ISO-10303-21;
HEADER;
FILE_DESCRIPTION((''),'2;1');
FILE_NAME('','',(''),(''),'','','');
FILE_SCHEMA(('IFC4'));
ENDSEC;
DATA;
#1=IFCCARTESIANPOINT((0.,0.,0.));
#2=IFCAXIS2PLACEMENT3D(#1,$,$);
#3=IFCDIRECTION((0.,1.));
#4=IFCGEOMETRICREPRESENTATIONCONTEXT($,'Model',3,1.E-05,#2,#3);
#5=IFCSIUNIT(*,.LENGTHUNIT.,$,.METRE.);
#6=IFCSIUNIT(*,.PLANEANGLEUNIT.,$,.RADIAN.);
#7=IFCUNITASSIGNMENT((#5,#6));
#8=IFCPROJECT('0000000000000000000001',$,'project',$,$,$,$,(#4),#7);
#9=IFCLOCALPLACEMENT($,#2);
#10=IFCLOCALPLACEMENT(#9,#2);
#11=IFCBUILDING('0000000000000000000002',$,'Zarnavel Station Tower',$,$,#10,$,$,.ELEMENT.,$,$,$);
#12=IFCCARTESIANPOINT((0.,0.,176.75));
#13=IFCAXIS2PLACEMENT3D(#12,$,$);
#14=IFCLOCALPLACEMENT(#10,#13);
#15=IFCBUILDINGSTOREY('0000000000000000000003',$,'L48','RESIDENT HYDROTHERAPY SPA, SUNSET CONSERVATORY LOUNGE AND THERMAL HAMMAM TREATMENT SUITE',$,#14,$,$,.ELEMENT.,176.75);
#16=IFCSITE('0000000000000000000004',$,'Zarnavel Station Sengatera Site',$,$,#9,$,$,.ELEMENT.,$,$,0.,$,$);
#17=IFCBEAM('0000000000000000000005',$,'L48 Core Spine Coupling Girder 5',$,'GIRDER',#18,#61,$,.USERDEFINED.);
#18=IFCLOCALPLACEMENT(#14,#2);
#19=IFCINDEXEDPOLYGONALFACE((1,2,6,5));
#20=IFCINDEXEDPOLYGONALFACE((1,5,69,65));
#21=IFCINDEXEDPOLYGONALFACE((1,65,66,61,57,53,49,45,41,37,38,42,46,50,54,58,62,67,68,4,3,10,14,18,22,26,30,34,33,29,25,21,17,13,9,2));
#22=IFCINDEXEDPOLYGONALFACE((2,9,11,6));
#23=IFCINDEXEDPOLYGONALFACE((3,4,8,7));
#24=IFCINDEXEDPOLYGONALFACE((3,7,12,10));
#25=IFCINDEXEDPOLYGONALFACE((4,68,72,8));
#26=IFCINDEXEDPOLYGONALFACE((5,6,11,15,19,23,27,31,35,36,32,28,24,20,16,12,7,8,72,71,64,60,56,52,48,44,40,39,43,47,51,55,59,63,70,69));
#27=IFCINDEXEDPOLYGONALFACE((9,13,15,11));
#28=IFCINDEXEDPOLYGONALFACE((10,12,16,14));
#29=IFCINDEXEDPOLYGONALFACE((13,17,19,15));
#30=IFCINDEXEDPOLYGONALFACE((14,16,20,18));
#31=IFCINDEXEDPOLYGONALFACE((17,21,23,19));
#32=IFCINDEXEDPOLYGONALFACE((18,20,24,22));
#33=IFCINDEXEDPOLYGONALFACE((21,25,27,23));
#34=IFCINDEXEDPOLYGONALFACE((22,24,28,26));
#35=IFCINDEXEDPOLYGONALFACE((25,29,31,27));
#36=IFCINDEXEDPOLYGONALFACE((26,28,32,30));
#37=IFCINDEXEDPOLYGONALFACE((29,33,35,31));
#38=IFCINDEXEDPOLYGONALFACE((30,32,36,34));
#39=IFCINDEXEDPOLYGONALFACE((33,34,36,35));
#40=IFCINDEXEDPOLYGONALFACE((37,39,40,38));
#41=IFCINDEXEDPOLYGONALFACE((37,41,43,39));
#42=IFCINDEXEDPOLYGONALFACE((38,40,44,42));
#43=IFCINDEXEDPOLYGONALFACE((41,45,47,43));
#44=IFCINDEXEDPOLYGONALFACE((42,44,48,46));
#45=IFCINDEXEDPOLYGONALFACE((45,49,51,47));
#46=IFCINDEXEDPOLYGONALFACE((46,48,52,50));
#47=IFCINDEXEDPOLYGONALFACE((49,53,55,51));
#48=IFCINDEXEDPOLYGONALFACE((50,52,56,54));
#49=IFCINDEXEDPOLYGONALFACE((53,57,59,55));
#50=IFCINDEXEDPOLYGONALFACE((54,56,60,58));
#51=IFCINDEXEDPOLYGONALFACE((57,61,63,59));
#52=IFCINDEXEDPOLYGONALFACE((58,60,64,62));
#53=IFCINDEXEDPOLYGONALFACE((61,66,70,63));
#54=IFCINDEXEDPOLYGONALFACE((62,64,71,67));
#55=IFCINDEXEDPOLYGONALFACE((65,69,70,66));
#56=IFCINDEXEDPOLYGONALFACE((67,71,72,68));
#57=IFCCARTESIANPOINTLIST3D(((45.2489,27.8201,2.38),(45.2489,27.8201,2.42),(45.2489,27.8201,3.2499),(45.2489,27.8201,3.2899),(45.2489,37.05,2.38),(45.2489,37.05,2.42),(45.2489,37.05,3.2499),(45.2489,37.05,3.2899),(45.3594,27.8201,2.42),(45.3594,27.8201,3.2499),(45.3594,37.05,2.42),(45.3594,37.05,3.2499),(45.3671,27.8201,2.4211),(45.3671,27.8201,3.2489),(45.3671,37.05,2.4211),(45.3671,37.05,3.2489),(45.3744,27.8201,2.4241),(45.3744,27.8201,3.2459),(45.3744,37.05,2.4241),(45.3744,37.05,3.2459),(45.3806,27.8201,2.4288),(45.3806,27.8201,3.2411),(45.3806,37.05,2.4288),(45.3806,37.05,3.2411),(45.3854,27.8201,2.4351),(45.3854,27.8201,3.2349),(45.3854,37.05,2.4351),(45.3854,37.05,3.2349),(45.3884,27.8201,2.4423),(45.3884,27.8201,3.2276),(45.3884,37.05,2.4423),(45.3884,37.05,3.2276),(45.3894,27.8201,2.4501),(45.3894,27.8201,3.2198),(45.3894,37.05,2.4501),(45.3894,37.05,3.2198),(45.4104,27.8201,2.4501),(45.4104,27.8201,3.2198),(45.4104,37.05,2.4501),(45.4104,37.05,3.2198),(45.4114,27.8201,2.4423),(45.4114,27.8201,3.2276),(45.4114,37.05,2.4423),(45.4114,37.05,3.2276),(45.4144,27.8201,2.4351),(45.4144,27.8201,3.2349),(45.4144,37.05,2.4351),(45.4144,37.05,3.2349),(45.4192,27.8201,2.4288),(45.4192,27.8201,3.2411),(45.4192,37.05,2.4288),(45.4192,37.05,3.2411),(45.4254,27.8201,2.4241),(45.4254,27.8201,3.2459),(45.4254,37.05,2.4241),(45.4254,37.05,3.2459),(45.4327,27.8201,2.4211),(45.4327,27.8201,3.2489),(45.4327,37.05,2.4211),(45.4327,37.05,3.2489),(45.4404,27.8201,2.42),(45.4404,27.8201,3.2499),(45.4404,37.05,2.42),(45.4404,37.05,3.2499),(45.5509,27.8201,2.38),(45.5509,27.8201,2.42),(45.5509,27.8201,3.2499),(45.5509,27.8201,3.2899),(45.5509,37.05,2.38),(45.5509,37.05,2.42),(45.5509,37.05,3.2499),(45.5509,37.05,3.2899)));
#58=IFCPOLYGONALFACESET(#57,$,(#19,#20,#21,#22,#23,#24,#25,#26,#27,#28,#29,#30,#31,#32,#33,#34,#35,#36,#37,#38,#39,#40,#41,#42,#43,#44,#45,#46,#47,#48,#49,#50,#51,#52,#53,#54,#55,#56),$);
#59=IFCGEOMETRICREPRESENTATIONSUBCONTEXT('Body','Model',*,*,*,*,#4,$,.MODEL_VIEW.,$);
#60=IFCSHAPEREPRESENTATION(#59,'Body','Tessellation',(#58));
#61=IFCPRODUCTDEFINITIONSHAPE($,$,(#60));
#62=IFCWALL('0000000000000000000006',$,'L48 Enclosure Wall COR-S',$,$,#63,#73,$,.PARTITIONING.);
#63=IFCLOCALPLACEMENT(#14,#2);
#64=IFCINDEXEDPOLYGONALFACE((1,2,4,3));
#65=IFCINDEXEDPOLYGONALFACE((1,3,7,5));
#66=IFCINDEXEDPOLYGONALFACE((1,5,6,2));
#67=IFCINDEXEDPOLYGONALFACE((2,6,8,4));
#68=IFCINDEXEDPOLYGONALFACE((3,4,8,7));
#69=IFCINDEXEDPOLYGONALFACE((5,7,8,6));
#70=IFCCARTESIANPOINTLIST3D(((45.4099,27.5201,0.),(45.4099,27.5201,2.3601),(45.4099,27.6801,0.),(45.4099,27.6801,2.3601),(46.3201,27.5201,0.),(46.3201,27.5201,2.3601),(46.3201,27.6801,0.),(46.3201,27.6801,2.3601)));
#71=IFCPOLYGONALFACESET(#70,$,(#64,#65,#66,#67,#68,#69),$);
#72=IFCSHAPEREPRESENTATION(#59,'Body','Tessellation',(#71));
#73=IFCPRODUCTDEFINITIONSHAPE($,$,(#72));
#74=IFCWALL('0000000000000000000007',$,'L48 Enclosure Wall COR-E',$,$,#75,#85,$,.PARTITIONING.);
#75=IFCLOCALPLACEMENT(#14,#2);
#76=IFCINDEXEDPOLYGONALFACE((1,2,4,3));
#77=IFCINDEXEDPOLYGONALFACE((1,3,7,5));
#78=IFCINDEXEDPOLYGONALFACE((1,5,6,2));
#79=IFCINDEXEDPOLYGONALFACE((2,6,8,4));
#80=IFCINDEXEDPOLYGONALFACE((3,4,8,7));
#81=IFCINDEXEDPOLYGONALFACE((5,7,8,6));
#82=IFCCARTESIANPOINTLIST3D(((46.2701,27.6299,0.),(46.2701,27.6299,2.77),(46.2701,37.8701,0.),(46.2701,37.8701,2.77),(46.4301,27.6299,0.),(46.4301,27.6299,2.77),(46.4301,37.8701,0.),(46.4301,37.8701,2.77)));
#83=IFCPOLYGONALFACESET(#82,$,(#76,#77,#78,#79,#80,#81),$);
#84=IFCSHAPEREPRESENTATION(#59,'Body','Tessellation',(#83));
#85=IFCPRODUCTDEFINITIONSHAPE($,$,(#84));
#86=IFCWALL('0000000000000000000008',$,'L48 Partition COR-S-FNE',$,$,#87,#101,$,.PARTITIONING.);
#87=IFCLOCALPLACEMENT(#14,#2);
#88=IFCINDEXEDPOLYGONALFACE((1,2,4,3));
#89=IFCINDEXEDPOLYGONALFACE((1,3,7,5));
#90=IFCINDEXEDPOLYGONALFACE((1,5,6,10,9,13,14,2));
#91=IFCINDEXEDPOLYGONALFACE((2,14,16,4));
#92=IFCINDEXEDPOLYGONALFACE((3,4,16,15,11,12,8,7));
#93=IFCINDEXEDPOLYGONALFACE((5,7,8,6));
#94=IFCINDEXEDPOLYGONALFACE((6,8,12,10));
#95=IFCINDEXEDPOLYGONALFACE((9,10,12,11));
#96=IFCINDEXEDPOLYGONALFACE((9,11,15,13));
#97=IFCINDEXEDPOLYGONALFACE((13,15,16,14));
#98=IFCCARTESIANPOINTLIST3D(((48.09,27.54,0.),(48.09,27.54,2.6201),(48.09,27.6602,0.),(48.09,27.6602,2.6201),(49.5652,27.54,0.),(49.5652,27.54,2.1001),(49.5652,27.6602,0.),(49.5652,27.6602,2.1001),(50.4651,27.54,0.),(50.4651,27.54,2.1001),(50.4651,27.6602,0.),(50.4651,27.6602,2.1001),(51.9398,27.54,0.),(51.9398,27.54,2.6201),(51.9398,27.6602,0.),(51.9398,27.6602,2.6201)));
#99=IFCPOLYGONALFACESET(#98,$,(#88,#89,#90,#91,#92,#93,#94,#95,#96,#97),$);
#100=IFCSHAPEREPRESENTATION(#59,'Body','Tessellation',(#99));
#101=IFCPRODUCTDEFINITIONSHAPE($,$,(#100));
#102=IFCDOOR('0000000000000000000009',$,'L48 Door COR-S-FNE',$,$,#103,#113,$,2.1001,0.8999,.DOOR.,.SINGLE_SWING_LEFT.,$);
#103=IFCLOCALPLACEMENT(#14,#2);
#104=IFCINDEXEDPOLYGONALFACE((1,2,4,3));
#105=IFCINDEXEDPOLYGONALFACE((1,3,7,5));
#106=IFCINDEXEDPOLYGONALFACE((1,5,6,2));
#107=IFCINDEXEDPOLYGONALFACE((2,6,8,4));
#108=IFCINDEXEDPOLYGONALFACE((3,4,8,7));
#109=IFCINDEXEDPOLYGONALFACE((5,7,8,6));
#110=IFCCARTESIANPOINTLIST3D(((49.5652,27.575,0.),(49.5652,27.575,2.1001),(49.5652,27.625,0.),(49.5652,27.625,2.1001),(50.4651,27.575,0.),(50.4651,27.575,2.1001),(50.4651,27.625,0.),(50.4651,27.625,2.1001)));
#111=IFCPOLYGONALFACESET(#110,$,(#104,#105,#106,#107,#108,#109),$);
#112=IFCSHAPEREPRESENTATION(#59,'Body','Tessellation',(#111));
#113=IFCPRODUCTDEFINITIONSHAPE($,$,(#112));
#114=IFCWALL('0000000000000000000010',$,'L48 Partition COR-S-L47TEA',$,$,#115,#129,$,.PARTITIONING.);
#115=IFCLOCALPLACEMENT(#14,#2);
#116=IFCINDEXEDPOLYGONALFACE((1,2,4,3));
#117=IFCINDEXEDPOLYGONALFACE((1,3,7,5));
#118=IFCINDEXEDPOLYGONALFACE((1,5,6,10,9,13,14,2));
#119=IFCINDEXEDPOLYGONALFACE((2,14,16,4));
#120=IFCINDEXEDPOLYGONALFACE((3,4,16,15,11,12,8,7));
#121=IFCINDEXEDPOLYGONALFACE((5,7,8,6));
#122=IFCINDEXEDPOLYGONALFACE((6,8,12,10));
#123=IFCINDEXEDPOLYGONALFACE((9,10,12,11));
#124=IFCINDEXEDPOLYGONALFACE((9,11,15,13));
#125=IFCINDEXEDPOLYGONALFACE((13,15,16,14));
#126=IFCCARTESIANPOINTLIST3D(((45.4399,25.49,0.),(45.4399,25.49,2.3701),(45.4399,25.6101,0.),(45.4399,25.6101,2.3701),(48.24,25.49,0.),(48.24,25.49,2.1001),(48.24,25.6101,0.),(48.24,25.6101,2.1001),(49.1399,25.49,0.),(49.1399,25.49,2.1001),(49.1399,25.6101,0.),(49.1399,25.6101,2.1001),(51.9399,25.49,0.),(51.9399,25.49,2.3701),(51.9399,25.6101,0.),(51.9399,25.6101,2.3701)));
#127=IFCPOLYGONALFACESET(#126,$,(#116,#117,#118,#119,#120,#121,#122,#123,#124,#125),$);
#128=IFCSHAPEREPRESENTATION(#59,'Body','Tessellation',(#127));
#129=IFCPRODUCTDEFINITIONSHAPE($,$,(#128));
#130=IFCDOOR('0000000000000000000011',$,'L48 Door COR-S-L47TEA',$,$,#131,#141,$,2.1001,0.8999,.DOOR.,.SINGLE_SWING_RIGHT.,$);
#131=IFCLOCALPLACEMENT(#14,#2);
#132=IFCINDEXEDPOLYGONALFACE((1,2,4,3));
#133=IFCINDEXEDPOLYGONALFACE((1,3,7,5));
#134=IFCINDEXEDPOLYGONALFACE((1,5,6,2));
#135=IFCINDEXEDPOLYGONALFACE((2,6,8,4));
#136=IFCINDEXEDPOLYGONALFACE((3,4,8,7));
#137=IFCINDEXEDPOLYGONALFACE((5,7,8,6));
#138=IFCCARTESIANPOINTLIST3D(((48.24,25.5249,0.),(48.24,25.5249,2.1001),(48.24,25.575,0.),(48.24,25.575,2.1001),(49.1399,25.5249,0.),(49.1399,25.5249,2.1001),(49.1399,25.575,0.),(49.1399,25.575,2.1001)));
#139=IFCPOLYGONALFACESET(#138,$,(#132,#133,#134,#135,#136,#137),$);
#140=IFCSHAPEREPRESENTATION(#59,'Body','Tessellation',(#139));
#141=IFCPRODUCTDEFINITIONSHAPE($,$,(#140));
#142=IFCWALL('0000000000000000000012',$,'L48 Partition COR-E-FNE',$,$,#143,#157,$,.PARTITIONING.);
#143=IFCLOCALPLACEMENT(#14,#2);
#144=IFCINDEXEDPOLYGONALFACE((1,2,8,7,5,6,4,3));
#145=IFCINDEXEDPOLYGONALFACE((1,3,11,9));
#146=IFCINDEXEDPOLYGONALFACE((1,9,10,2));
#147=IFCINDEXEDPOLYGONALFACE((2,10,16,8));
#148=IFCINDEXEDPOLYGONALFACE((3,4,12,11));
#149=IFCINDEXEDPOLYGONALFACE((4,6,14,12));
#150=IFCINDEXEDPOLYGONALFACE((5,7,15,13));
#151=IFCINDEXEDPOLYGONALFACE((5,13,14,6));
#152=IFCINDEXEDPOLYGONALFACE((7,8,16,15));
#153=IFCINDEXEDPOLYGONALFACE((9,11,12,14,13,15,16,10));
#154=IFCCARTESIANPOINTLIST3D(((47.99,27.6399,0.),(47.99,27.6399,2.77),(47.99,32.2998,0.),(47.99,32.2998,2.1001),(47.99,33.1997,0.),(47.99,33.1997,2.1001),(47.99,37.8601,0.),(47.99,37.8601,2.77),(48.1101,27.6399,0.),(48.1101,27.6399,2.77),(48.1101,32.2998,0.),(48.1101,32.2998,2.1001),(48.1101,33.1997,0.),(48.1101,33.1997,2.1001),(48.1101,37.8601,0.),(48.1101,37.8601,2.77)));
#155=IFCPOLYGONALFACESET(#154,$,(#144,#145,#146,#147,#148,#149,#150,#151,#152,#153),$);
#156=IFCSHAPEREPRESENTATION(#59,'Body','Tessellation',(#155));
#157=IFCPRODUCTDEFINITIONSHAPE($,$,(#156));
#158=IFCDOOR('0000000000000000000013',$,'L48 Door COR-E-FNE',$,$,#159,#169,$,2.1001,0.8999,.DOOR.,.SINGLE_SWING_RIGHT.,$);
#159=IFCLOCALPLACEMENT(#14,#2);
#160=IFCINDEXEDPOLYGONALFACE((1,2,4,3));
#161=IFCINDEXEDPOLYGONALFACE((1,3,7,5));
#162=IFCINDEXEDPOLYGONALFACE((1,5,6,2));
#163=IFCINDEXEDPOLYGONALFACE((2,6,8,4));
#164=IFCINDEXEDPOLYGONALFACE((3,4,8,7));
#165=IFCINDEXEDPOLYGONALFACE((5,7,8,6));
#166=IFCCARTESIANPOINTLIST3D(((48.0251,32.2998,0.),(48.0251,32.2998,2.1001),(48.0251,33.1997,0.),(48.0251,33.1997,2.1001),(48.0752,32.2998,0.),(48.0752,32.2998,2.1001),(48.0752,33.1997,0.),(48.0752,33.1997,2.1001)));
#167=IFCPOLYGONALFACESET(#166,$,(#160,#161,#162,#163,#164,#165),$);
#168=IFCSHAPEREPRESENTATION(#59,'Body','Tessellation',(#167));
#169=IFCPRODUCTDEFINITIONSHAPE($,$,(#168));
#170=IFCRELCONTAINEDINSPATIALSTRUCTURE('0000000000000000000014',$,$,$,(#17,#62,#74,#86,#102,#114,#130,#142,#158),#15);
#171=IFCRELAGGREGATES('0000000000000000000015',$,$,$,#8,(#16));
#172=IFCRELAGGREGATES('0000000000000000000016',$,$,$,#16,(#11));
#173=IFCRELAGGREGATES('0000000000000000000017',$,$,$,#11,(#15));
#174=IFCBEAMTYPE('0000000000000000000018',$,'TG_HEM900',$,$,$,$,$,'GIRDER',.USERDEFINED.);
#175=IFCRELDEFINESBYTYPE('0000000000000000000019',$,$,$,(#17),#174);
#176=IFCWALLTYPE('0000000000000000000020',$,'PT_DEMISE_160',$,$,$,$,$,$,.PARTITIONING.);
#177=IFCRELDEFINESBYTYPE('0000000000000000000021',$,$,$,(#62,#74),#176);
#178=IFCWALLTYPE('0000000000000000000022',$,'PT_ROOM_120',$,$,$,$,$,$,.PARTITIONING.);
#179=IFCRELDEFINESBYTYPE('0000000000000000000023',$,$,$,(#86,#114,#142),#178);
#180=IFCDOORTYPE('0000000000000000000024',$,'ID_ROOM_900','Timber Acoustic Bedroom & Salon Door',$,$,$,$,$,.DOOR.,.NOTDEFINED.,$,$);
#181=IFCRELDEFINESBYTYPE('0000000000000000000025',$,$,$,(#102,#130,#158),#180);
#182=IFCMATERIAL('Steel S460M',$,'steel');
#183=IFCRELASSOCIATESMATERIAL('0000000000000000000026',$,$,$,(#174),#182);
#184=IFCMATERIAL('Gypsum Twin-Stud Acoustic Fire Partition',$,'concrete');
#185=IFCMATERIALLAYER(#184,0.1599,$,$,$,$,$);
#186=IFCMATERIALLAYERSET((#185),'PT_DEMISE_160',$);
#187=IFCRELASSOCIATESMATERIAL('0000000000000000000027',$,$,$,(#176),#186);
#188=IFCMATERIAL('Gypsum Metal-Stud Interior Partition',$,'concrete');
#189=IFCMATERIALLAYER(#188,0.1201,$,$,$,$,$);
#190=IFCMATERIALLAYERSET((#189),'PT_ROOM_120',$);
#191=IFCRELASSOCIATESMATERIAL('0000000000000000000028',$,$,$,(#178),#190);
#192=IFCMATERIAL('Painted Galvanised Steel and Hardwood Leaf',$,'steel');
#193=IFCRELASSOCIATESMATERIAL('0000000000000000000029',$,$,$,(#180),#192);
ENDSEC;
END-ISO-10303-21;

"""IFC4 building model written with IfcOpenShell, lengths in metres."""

from ifc_helpers import new_model, si_unit, direction, frame, frame_2d, origin, origin_2d, place, context, subcontext, project, spatial, rectangle, i_section, extrude, material, layer, layer_set, material_profile, profile_set, type_object, element, fill, save


model = new_model("IFC4")

# Units and contexts
model_context = context("Model", 3, precision=1e-05, world=origin(), true_north=direction((0.0, 1.0)))
body_context = subcontext(model_context, "Body", "Model", "MODEL_VIEW")
ifc_project = project(units=[si_unit("LENGTHUNIT", "METRE"), si_unit("PLANEANGLEUNIT", "RADIAN")], contexts=[model_context])

# Site, building, storey
site_placement = place(None, origin())
site = spatial("IfcSite", under=ifc_project, at=site_placement, Name="Zarnavel Station Sengatera Site", CompositionType="ELEMENT", RefElevation=0.0)
building_placement = place(site_placement, origin())
building = spatial("IfcBuilding", under=site, at=building_placement, Name="Zarnavel Station Tower", CompositionType="ELEMENT")
storey_placement = place(building_placement, frame((0.0, 0.0, 176.75)))
storey = spatial("IfcBuildingStorey", under=building, at=storey_placement, Name="L48", Description="RESIDENT HYDROTHERAPY SPA, SUNSET CONSERVATORY LOUNGE AND THERMAL HAMMAM TREATMENT SUITE", CompositionType="ELEMENT", Elevation=176.75)

# Beam
ifc_material_1 = material(Name="Steel S460M", Category="steel")
ifc_material_profile_1 = material_profile(ifc_material_1, i_section(OverallWidth=0.302, OverallDepth=0.9099, WebThickness=0.021, FlangeThickness=0.04, FilletRadius=0.03, at=origin_2d()), Name="HEM900")
ifc_profile_set_1 = profile_set([ifc_material_profile_1], Name="Steel S460M")
beam_type_1 = type_object("IfcBeamType", Name="TG_HEM900", ElementType="GIRDER", PredefinedType="USERDEFINED", material=ifc_profile_set_1)
beam_1_placement = place(storey_placement, frame((45.3999, 27.8201, 2.835), z_axis=(0.0, 1.0, 0.0), x_axis=(-1.0, 0.0, 0.0)))
element("IfcBeam", 1, at=beam_1_placement, inside=storey, type_object=beam_type_1, Name="L48 Core Spine Coupling Girder 5", ObjectType="GIRDER", PredefinedType="USERDEFINED", context=body_context, shape_type="SweptSolid", body=[
    extrude(i_section(OverallWidth=0.302, OverallDepth=0.9099, WebThickness=0.021, FlangeThickness=0.04, FilletRadius=0.03, at=origin_2d()), origin(), (0.0, 0.0, 1.0), 9.23),
])

# Walls
ifc_material_2 = material(Name="Gypsum Twin-Stud Acoustic Fire Partition", Category="concrete")
ifc_layer_1 = layer(ifc_material_2, 0.1599)
ifc_layer_set_1 = layer_set([ifc_layer_1], Name="PT_DEMISE_160")
wall_type_1 = type_object("IfcWallType", Name="PT_DEMISE_160", PredefinedType="PARTITIONING", material=ifc_layer_set_1)
wall_1_placement = place(storey_placement, frame((45.4099, 27.6001, 0.0), z_axis=(0.0, 0.0, 1.0), x_axis=(1.0, 0.0, 0.0)))
element("IfcWall", 2, at=wall_1_placement, inside=storey, type_object=wall_type_1, Name="L48 Enclosure Wall COR-S", PredefinedType="PARTITIONING", context=body_context, shape_type="SweptSolid", body=[
    extrude(rectangle(XDim=0.9102, YDim=0.1599, at=frame_2d((0.4551, 0.0))), origin(), (0.0, 0.0, 1.0), 2.3601),
])
wall_2_placement = place(storey_placement, frame((46.3501, 27.6299, 0.0), z_axis=(0.0, 0.0, 1.0), x_axis=(0.0, 1.0, 0.0)))
element("IfcWall", 3, at=wall_2_placement, inside=storey, type_object=wall_type_1, Name="L48 Enclosure Wall COR-E", PredefinedType="PARTITIONING", context=body_context, shape_type="SweptSolid", body=[
    extrude(rectangle(XDim=10.2402, YDim=0.1599, at=frame_2d((5.1201, 0.0))), origin(), (0.0, 0.0, 1.0), 2.77),
])

# Walls, openings, doors
ifc_material_3 = material(Name="Gypsum Metal-Stud Interior Partition", Category="concrete")
ifc_layer_2 = layer(ifc_material_3, 0.1201)
ifc_layer_set_2 = layer_set([ifc_layer_2], Name="PT_ROOM_120")
wall_type_2 = type_object("IfcWallType", Name="PT_ROOM_120", PredefinedType="PARTITIONING", material=ifc_layer_set_2)
wall_3_placement = place(storey_placement, frame((48.0901, 27.6001, 0.0), z_axis=(0.0, 0.0, 1.0), x_axis=(1.0, 0.0, 0.0)))
wall_3 = element("IfcWall", 4, at=wall_3_placement, inside=storey, type_object=wall_type_2, Name="L48 Partition COR-S-FNE", PredefinedType="PARTITIONING", context=body_context, shape_type="SweptSolid", body=[
    extrude(rectangle(XDim=3.8499, YDim=0.1201, at=frame_2d((1.9248, 0.0))), origin(), (0.0, 0.0, 1.0), 2.6201),
])
opening_1_placement = place(wall_3_placement, frame((1.4751, 0.0, 0.0)))
opening_1 = element("IfcOpeningElement", 5, at=opening_1_placement, cuts=wall_3, PredefinedType="OPENING", context=body_context, shape_type="SweptSolid", body=[
    extrude(rectangle(XDim=0.8999, YDim=2.1001, at=frame_2d((0.45, 1.05))), frame((0.0, 0.0701, 0.0), z_axis=(0.0, -1.0, 0.0), x_axis=(1.0, 0.0, 0.0)), (0.0, 0.0, 1.0), 0.1401),
])
ifc_material_4 = material(Name="Painted Galvanised Steel and Hardwood Leaf", Category="steel")
door_type_1 = type_object("IfcDoorType", Name="ID_ROOM_900", Description="Timber Acoustic Bedroom & Salon Door", OperationType="NOTDEFINED", PredefinedType="DOOR", material=ifc_material_4)
door_1_placement = place(opening_1_placement, origin())
door_1 = element("IfcDoor", 6, at=door_1_placement, inside=storey, type_object=door_type_1, Name="L48 Door COR-S-FNE", OperationType="SINGLE_SWING_LEFT", OverallHeight=2.1001, OverallWidth=0.8999, PredefinedType="DOOR", context=body_context, shape_type="SweptSolid", body=[
    extrude(rectangle(XDim=0.8999, YDim=2.1001, at=frame_2d((0.45, 1.05))), frame((0.0, 0.0249, 0.0), z_axis=(0.0, -1.0, 0.0), x_axis=(1.0, 0.0, 0.0)), (0.0, 0.0, 1.0), 0.05),
])
fill(opening_1, door_1)
wall_4_placement = place(storey_placement, frame((45.4399, 25.55, 0.0), z_axis=(0.0, 0.0, 1.0), x_axis=(1.0, 0.0, 0.0)))
wall_4 = element("IfcWall", 7, at=wall_4_placement, inside=storey, type_object=wall_type_2, Name="L48 Partition COR-S-L47TEA", PredefinedType="PARTITIONING", context=body_context, shape_type="SweptSolid", body=[
    extrude(rectangle(XDim=6.5, YDim=0.1201, at=frame_2d((3.25, 0.0))), origin(), (0.0, 0.0, 1.0), 2.3701),
])
opening_2_placement = place(wall_4_placement, frame((2.8, 0.0, 0.0)))
opening_2 = element("IfcOpeningElement", 8, at=opening_2_placement, cuts=wall_4, PredefinedType="OPENING", context=body_context, shape_type="SweptSolid", body=[
    extrude(rectangle(XDim=0.8999, YDim=2.1001, at=frame_2d((0.45, 1.05))), frame((0.0, 0.0701, 0.0), z_axis=(0.0, -1.0, 0.0), x_axis=(1.0, 0.0, 0.0)), (0.0, 0.0, 1.0), 0.1401),
])
door_2_placement = place(opening_2_placement, origin())
door_2 = element("IfcDoor", 9, at=door_2_placement, inside=storey, type_object=door_type_1, Name="L48 Door COR-S-L47TEA", OperationType="SINGLE_SWING_RIGHT", OverallHeight=2.1001, OverallWidth=0.8999, PredefinedType="DOOR", context=body_context, shape_type="SweptSolid", body=[
    extrude(rectangle(XDim=0.8999, YDim=2.1001, at=frame_2d((0.45, 1.05))), frame((0.0, 0.0249, 0.0), z_axis=(0.0, -1.0, 0.0), x_axis=(1.0, 0.0, 0.0)), (0.0, 0.0, 1.0), 0.05),
])
fill(opening_2, door_2)
wall_5_placement = place(storey_placement, frame((48.05, 27.6399, 0.0), z_axis=(0.0, 0.0, 1.0), x_axis=(0.0, 1.0, 0.0)))
wall_5 = element("IfcWall", 10, at=wall_5_placement, inside=storey, type_object=wall_type_2, Name="L48 Partition COR-E-FNE", PredefinedType="PARTITIONING", context=body_context, shape_type="SweptSolid", body=[
    extrude(rectangle(XDim=10.2202, YDim=0.1201, at=frame_2d((5.1101, 0.0))), origin(), (0.0, 0.0, 1.0), 2.77),
])
opening_3_placement = place(wall_5_placement, frame((4.6599, 0.0, 0.0)))
opening_3 = element("IfcOpeningElement", 11, at=opening_3_placement, cuts=wall_5, PredefinedType="OPENING", context=body_context, shape_type="SweptSolid", body=[
    extrude(rectangle(XDim=0.8999, YDim=2.1001, at=frame_2d((0.45, 1.05))), frame((0.0, 0.0701, 0.0), z_axis=(0.0, -1.0, 0.0), x_axis=(1.0, 0.0, 0.0)), (0.0, 0.0, 1.0), 0.1401),
])
door_3_placement = place(opening_3_placement, origin())
door_3 = element("IfcDoor", 12, at=door_3_placement, inside=storey, type_object=door_type_1, Name="L48 Door COR-E-FNE", OperationType="SINGLE_SWING_RIGHT", OverallHeight=2.1001, OverallWidth=0.8999, PredefinedType="DOOR", context=body_context, shape_type="SweptSolid", body=[
    extrude(rectangle(XDim=0.8999, YDim=2.1001, at=frame_2d((0.45, 1.05))), frame((0.0, 0.0249, 0.0), z_axis=(0.0, -1.0, 0.0), x_axis=(1.0, 0.0, 0.0)), (0.0, 0.0, 1.0), 0.05),
])
fill(opening_3, door_3)

save(model, "model.ifc")
